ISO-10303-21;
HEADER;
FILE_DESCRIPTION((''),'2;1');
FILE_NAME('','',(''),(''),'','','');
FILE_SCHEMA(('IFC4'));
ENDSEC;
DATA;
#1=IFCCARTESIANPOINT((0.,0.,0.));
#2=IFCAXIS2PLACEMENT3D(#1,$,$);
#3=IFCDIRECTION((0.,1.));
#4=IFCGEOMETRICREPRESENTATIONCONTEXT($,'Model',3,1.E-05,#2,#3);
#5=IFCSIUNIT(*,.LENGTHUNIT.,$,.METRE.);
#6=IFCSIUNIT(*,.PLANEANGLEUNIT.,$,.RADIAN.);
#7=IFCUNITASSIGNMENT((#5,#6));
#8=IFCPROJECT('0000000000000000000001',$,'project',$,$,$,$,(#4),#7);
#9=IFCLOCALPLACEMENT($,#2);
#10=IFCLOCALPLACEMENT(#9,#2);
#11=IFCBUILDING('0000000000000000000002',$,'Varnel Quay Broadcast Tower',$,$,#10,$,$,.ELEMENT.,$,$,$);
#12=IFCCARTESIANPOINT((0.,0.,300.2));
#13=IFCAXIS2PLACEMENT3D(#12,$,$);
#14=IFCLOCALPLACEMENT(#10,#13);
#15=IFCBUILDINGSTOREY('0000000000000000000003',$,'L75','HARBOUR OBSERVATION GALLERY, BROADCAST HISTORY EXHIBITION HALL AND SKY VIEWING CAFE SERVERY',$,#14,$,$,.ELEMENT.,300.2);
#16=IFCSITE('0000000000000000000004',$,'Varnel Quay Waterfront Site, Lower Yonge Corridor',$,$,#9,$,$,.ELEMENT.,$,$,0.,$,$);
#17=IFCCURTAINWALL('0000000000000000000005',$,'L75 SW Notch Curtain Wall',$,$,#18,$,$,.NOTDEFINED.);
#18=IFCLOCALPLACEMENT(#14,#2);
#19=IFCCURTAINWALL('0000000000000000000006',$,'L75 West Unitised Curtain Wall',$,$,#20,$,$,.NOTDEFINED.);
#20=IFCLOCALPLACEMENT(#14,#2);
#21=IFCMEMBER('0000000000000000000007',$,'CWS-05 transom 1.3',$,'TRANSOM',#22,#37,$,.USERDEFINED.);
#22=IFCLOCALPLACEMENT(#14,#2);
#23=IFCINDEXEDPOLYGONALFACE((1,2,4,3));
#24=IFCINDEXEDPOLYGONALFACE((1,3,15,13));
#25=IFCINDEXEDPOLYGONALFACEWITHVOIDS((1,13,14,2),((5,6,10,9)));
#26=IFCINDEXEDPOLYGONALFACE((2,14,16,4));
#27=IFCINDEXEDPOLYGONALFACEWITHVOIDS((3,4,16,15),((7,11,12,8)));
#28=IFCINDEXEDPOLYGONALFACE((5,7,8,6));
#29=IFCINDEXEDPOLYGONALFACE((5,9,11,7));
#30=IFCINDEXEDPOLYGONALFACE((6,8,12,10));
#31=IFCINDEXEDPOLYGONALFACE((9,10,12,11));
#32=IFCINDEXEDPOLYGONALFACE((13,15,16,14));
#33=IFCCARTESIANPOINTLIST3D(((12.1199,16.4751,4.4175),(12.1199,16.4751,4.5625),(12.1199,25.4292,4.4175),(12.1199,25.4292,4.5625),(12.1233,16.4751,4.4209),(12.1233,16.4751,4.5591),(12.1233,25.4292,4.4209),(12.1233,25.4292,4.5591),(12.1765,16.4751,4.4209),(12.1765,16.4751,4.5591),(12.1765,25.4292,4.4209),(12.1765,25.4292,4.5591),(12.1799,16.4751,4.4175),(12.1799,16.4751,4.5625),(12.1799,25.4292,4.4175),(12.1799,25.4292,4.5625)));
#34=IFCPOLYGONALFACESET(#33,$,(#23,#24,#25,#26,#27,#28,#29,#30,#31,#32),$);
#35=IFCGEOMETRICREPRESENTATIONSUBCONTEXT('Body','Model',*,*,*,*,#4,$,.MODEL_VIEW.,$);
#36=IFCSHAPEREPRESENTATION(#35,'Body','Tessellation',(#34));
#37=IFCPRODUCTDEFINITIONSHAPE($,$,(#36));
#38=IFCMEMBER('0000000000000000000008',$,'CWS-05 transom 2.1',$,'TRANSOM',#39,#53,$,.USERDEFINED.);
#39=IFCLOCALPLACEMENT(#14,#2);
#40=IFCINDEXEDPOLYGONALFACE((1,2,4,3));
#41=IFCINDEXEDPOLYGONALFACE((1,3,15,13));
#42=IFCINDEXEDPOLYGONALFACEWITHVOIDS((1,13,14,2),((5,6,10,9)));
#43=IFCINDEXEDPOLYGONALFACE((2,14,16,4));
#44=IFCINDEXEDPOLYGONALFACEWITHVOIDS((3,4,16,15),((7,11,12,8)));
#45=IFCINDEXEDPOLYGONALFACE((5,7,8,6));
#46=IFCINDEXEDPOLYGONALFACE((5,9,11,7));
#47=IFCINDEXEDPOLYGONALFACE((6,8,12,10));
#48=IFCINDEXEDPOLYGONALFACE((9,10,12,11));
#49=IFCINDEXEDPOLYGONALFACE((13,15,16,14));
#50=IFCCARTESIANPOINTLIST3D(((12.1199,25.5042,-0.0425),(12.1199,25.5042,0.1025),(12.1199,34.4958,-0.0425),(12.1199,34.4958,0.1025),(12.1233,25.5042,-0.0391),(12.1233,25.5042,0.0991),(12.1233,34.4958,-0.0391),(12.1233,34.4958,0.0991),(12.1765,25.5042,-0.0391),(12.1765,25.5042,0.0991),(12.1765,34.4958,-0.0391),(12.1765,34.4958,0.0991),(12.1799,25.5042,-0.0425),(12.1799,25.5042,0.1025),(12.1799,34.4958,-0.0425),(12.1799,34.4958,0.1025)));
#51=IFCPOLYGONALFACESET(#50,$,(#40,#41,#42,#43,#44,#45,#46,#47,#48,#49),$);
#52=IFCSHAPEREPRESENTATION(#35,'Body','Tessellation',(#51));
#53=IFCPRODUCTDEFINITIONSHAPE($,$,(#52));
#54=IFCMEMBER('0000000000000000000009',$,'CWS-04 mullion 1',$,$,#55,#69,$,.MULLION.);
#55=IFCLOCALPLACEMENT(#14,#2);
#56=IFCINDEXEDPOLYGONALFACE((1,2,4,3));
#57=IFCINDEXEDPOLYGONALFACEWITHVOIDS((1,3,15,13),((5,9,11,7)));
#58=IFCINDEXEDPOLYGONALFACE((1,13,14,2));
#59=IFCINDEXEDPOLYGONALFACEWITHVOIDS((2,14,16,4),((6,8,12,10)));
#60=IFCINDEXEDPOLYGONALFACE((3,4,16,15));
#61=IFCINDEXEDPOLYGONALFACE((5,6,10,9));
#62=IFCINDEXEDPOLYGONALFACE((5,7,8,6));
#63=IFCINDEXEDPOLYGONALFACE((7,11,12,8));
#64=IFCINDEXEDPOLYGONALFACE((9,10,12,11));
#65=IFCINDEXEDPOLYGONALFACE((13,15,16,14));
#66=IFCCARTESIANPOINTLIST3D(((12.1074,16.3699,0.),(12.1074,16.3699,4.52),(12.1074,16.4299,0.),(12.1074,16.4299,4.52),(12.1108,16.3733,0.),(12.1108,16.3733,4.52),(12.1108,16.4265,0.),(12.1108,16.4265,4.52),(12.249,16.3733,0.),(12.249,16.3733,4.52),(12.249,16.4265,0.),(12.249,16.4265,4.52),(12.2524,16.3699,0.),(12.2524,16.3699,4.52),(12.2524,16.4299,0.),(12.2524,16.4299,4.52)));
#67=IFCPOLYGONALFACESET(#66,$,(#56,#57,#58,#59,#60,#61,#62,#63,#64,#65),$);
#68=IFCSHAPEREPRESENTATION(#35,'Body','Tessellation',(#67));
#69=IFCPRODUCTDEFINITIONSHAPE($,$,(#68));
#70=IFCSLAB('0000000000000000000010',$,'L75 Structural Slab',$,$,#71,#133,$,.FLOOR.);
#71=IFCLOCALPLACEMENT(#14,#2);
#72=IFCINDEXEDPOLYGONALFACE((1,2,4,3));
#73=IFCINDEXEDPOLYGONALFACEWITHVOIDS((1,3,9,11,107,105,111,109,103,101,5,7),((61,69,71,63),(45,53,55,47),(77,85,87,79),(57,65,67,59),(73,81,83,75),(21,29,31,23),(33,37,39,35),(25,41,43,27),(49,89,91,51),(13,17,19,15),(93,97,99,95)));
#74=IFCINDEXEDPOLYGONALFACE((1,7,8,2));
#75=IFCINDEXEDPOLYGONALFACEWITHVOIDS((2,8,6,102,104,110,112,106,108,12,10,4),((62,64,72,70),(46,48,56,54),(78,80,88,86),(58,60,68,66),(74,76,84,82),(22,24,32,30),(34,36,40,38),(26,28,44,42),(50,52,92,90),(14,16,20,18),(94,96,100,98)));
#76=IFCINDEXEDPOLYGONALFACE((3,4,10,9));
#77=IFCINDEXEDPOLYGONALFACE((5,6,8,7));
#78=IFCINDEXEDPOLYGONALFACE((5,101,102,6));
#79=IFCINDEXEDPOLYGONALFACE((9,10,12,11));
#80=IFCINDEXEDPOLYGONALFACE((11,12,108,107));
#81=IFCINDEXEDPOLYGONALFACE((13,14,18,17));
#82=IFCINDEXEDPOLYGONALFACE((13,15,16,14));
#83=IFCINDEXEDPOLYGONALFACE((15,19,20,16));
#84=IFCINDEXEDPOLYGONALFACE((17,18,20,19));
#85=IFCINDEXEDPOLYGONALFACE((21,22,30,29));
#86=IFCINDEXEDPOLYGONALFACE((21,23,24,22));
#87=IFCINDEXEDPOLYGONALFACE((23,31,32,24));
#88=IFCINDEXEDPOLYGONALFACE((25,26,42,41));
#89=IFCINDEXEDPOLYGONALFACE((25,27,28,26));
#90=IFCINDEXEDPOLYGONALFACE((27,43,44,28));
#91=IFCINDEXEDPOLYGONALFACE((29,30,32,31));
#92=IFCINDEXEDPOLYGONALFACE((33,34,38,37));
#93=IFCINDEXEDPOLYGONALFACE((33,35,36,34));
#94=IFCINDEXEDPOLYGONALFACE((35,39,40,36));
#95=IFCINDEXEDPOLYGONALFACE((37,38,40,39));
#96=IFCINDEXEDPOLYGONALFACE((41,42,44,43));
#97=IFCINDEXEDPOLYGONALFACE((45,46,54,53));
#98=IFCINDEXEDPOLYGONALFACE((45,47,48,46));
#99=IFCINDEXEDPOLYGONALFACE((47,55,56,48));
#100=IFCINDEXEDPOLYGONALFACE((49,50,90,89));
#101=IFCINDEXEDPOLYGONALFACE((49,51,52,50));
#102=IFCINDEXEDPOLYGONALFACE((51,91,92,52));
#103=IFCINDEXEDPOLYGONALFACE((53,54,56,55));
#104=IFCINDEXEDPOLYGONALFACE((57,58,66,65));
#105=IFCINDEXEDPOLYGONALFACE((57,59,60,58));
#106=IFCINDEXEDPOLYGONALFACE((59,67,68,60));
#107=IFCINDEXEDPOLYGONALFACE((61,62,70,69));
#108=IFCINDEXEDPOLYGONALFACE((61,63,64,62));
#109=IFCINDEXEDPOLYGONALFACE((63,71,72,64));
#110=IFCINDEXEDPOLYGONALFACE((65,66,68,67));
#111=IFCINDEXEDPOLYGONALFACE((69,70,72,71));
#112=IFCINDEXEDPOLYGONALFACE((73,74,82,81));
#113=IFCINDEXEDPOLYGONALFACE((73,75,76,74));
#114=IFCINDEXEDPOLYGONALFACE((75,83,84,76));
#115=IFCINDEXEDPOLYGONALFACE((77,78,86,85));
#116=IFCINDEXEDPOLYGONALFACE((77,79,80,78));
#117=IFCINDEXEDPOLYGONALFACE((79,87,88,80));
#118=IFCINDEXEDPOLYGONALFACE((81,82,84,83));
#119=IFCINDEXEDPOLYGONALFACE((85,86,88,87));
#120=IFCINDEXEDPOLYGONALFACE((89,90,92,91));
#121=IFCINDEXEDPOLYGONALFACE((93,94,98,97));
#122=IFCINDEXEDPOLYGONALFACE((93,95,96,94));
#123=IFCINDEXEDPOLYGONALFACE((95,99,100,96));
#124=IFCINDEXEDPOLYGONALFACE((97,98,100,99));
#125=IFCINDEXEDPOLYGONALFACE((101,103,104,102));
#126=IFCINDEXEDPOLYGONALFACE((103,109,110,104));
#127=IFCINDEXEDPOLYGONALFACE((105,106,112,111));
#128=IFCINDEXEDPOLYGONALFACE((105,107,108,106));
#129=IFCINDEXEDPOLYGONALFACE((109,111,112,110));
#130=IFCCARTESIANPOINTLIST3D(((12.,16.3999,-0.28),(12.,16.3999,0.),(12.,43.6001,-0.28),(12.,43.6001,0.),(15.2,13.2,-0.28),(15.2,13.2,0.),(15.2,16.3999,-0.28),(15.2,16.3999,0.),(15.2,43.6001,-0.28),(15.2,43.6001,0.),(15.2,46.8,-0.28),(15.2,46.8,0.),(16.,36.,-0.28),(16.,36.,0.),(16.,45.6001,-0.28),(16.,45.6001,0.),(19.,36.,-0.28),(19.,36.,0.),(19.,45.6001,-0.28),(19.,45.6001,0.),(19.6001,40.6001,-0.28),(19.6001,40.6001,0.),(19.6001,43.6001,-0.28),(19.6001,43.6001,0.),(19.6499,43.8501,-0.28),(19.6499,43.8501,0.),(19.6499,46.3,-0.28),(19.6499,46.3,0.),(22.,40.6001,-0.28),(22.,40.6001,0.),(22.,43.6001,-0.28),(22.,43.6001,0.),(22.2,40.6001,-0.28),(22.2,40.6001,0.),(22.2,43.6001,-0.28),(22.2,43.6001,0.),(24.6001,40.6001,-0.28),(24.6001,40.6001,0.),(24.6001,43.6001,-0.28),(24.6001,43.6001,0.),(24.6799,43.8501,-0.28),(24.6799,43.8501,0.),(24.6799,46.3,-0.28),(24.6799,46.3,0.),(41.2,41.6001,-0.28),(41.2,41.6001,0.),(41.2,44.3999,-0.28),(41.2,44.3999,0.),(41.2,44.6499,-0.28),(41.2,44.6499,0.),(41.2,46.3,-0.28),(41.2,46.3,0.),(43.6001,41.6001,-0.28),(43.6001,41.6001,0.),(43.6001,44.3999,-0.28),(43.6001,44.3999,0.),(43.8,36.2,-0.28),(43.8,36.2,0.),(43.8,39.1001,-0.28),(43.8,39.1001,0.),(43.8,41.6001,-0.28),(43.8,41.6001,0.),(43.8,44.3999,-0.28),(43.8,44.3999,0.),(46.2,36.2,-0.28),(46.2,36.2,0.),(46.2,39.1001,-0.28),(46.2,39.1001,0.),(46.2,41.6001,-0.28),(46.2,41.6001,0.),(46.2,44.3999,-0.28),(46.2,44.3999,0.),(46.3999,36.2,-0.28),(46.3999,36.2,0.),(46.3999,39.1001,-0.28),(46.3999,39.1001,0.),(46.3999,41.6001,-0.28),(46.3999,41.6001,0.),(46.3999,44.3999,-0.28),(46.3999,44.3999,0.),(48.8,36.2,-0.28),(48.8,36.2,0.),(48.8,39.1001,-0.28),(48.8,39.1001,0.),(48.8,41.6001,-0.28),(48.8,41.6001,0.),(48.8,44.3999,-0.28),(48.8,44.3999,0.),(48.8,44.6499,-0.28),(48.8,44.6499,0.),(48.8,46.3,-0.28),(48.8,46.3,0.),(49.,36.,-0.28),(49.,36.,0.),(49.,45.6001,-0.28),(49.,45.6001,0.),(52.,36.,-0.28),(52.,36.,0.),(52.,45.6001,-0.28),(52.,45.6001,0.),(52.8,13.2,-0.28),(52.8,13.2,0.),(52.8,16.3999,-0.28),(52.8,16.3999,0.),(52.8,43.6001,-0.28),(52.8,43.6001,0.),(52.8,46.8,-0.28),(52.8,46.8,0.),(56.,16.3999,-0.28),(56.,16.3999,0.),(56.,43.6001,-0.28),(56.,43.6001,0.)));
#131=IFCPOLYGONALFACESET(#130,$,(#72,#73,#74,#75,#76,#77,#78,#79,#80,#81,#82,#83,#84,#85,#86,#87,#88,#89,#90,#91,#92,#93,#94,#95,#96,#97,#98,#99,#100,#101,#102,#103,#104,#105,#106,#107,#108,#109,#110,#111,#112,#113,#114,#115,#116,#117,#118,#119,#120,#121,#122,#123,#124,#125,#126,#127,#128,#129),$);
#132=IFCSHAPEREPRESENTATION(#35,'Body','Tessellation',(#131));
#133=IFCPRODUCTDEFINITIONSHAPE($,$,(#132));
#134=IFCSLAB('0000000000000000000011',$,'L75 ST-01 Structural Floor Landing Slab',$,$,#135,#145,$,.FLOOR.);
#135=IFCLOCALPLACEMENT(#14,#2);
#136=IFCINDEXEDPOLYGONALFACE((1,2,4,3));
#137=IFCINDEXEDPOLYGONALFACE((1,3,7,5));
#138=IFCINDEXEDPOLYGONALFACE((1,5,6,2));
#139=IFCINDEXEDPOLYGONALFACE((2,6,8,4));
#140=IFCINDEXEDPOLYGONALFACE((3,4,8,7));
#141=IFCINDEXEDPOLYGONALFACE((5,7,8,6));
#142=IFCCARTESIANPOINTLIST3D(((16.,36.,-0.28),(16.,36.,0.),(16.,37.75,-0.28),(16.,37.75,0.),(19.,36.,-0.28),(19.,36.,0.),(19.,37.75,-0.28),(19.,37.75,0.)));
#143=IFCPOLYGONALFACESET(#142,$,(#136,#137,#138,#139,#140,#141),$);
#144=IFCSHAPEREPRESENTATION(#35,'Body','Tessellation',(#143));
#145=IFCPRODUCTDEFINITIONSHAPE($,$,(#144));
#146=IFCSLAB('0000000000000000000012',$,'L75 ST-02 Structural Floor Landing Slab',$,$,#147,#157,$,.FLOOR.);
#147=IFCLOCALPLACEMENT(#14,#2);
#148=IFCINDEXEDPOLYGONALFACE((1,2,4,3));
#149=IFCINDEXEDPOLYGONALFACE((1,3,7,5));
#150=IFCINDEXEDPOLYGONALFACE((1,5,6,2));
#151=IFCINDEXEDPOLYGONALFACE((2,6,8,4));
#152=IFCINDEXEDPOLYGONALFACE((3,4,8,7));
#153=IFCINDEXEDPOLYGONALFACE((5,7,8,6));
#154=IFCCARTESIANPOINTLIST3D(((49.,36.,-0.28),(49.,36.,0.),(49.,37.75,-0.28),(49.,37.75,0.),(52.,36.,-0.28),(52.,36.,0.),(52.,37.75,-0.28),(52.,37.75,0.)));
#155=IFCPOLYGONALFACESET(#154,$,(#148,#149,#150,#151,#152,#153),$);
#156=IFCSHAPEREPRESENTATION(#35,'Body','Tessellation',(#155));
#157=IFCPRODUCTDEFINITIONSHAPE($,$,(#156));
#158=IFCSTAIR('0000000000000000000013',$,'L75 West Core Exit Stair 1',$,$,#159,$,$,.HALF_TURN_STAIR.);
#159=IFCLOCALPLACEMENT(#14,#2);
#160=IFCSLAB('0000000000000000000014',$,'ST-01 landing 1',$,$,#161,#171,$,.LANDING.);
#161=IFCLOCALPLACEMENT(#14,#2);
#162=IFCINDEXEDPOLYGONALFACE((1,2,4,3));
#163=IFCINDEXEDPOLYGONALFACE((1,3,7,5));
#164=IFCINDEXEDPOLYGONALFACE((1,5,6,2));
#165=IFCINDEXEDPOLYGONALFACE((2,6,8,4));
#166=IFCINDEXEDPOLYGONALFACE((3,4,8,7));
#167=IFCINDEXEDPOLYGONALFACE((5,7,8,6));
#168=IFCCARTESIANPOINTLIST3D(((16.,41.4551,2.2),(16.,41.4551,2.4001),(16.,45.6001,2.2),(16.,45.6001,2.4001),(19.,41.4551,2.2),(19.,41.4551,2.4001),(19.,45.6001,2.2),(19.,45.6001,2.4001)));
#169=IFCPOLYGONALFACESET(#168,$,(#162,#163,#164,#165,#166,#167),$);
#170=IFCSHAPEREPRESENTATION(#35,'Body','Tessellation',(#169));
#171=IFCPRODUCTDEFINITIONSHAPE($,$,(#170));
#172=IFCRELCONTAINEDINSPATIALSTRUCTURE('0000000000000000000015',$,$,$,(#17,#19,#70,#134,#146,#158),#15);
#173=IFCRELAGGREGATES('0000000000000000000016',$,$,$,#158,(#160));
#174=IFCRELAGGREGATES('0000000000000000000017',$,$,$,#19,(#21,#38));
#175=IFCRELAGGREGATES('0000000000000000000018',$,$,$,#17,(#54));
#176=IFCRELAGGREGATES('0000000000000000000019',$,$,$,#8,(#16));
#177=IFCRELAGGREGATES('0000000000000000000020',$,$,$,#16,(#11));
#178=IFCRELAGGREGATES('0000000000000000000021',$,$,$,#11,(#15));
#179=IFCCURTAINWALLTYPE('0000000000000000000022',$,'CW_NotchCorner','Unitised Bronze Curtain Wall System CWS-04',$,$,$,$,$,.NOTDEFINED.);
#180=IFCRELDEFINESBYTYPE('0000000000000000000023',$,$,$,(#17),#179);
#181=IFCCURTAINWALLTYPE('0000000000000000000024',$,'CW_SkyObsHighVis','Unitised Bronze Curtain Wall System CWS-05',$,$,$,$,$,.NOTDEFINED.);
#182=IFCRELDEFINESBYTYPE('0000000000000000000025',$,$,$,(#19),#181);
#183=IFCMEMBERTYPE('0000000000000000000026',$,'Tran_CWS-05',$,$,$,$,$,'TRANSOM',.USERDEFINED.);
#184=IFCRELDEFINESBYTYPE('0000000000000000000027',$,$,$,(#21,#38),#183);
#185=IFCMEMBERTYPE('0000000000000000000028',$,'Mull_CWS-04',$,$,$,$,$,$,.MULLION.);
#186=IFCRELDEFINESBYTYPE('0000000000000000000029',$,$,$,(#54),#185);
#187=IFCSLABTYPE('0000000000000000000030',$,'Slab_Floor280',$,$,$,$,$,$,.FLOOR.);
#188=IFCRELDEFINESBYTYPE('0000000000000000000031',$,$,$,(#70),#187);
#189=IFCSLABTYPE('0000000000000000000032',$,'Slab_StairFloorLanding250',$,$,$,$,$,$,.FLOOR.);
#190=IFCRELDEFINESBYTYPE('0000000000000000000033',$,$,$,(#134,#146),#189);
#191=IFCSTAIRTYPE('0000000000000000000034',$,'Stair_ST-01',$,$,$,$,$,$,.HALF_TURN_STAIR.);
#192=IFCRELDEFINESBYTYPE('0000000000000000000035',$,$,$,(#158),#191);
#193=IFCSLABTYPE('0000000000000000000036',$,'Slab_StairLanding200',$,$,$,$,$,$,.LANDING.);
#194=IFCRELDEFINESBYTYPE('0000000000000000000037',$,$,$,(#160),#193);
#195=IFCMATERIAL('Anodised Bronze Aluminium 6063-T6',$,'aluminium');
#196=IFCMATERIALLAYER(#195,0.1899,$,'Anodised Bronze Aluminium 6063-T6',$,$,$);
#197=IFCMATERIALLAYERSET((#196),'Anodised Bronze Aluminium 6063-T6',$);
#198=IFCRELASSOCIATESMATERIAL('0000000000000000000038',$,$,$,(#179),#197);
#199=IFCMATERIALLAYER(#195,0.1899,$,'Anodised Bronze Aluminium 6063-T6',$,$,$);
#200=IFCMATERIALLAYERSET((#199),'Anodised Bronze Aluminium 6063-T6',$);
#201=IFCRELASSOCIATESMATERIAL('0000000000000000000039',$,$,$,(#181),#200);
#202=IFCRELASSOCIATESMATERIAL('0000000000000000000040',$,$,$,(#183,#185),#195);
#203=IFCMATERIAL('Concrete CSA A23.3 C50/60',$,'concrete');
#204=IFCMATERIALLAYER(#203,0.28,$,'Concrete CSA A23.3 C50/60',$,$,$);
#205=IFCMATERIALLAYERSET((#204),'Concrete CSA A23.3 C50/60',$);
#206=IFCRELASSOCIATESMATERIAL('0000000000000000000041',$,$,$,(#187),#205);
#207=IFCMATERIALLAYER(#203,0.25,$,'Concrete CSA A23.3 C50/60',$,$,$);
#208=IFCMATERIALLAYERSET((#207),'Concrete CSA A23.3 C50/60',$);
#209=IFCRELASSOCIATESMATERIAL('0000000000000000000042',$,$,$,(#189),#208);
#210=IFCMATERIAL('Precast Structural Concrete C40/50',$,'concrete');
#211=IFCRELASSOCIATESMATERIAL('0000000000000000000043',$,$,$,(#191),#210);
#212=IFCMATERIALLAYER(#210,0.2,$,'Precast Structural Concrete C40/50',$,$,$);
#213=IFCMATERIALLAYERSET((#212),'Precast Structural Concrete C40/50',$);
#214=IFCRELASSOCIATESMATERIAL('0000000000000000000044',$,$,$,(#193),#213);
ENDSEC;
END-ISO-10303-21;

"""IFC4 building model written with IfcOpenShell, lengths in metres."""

from ifc_helpers import new_model, si_unit, direction, frame, origin, origin_2d, place, context, subcontext, project, spatial, polyline, hollow_rectangle, outline, extrude, source, transform, mapped, material, layer, layer_set, material_profile, profile_set, type_object, type_shapes, element, aggregate, save


model = new_model("IFC4")

# Units and contexts
model_context = context("Model", 3, precision=1e-05, world=origin(), true_north=direction((0.0, 1.0)))
body_context = subcontext(model_context, "Body", "Model", "MODEL_VIEW")
ifc_project = project(units=[si_unit("LENGTHUNIT", "METRE"), si_unit("PLANEANGLEUNIT", "RADIAN")], contexts=[model_context])

# Site, building, storey
site_placement = place(None, origin())
site = spatial("IfcSite", under=ifc_project, at=site_placement, Name="Varnel Quay Waterfront Site, Lower Yonge Corridor", CompositionType="ELEMENT", RefElevation=0.0)
building_placement = place(site_placement, origin())
building = spatial("IfcBuilding", under=site, at=building_placement, Name="Varnel Quay Broadcast Tower", CompositionType="ELEMENT")
storey_placement = place(building_placement, frame((0.0, 0.0, 300.2)))
storey = spatial("IfcBuildingStorey", under=building, at=storey_placement, Name="L75", Description="HARBOUR OBSERVATION GALLERY, BROADCAST HISTORY EXHIBITION HALL AND SKY VIEWING CAFE SERVERY", CompositionType="ELEMENT", Elevation=300.2)

# Curtain walls, members
ifc_material_1 = material(Name="Anodised Bronze Aluminium 6063-T6", Category="aluminium")
ifc_layer_1 = layer(ifc_material_1, 0.1899, Name="Anodised Bronze Aluminium 6063-T6")
ifc_layer_set_1 = layer_set([ifc_layer_1], Name="Anodised Bronze Aluminium 6063-T6")
curtain_wall_type_1 = type_object("IfcCurtainWallType", Name="CW_NotchCorner", Description="Unitised Bronze Curtain Wall System CWS-04", PredefinedType="NOTDEFINED", material=ifc_layer_set_1)
curtain_wall_1_placement = place(storey_placement, origin())
curtain_wall_1 = element("IfcCurtainWall", 1, at=curtain_wall_1_placement, inside=storey, type_object=curtain_wall_type_1, Name="L75 SW Notch Curtain Wall", PredefinedType="NOTDEFINED")
ifc_layer_2 = layer(ifc_material_1, 0.1899, Name="Anodised Bronze Aluminium 6063-T6")
ifc_layer_set_2 = layer_set([ifc_layer_2], Name="Anodised Bronze Aluminium 6063-T6")
curtain_wall_type_2 = type_object("IfcCurtainWallType", Name="CW_SkyObsHighVis", Description="Unitised Bronze Curtain Wall System CWS-05", PredefinedType="NOTDEFINED", material=ifc_layer_set_2)
curtain_wall_2_placement = place(storey_placement, origin())
curtain_wall_2 = element("IfcCurtainWall", 2, at=curtain_wall_2_placement, inside=storey, type_object=curtain_wall_type_2, Name="L75 West Unitised Curtain Wall", PredefinedType="NOTDEFINED")
ifc_material_profile_1 = material_profile(ifc_material_1, hollow_rectangle(XDim=0.0601, YDim=0.145, WallThickness=0.0034, at=origin_2d()), Name="ALU60X145X3.5")
ifc_profile_set_1 = profile_set([ifc_material_profile_1], Name="Anodised Bronze Aluminium 6063-T6")
member_type_1 = type_object("IfcMemberType", Name="Tran_CWS-05", ElementType="TRANSOM", PredefinedType="USERDEFINED", material=ifc_profile_set_1)
shared_shape_1 = source(origin(), body_context, "Body", "SweptSolid", [
    extrude(hollow_rectangle(XDim=0.0601, YDim=0.145, WallThickness=0.0034, at=origin_2d()), origin(), (0.0, 0.0, 1.0), 8.9541),
])
member_1_placement = place(storey_placement, frame((12.1499, 16.4751, 4.49), z_axis=(0.0, 1.0, 0.0), x_axis=(-1.0, 0.0, 0.0)))
member_1 = element("IfcMember", 3, at=member_1_placement, type_object=member_type_1, Name="CWS-05 transom 1.3", ObjectType="TRANSOM", PredefinedType="USERDEFINED", context=body_context, shape_type="MappedRepresentation", body=[
    mapped(shared_shape_1, transform((0.0, 0.0, 0.0), x_axis=(1.0, 0.0, 0.0), y_axis=(0.0, 1.0, 0.0), z_axis=(0.0, 0.0, 1.0), scale=1.0)),
])
shared_shape_2 = source(origin(), body_context, "Body", "SweptSolid", [
    extrude(hollow_rectangle(XDim=0.0601, YDim=0.145, WallThickness=0.0034, at=origin_2d()), origin(), (0.0, 0.0, 1.0), 8.9917),
])
type_shapes(member_type_1, [shared_shape_1, shared_shape_2])
member_2_placement = place(storey_placement, frame((12.1499, 25.5042, 0.03), z_axis=(0.0, 1.0, 0.0), x_axis=(-1.0, 0.0, 0.0)))
member_2 = element("IfcMember", 4, at=member_2_placement, type_object=member_type_1, Name="CWS-05 transom 2.1", ObjectType="TRANSOM", PredefinedType="USERDEFINED", context=body_context, shape_type="MappedRepresentation", body=[
    mapped(shared_shape_2, transform((0.0, 0.0, 0.0), x_axis=(1.0, 0.0, 0.0), y_axis=(0.0, 1.0, 0.0), z_axis=(0.0, 0.0, 1.0), scale=1.0)),
])

# Member
ifc_material_profile_2 = material_profile(ifc_material_1, hollow_rectangle(XDim=0.0601, YDim=0.145, WallThickness=0.0034, at=origin_2d()), Name="ALU60X145X3.5")
ifc_profile_set_2 = profile_set([ifc_material_profile_2], Name="Anodised Bronze Aluminium 6063-T6")
member_type_2 = type_object("IfcMemberType", Name="Mull_CWS-04", PredefinedType="MULLION", material=ifc_profile_set_2)
shared_shape_3 = source(origin(), body_context, "Body", "SweptSolid", [
    extrude(hollow_rectangle(XDim=0.0601, YDim=0.145, WallThickness=0.0034, at=origin_2d()), origin(), (0.0, 0.0, 1.0), 4.52),
])
type_shapes(member_type_2, [shared_shape_3])
member_3_placement = place(storey_placement, frame((12.1799, 16.3999, 0.0), z_axis=(0.0, 0.0, 1.0), x_axis=(0.0, 1.0, 0.0)))
member_3 = element("IfcMember", 5, at=member_3_placement, type_object=member_type_2, Name="CWS-04 mullion 1", PredefinedType="MULLION", context=body_context, shape_type="MappedRepresentation", body=[
    mapped(shared_shape_3, transform((0.0, 0.0, 0.0), x_axis=(1.0, 0.0, 0.0), y_axis=(0.0, 1.0, 0.0), z_axis=(0.0, 0.0, 1.0), scale=1.0)),
])

# Slabs
ifc_material_2 = material(Name="Concrete CSA A23.3 C50/60", Category="concrete")
ifc_layer_3 = layer(ifc_material_2, 0.28, Name="Concrete CSA A23.3 C50/60")
ifc_layer_set_3 = layer_set([ifc_layer_3], Name="Concrete CSA A23.3 C50/60")
slab_type_1 = type_object("IfcSlabType", Name="Slab_Floor280", PredefinedType="FLOOR", material=ifc_layer_set_3)
slab_1_placement = place(storey_placement, frame((0.0, 0.0, -0.28)))
element("IfcSlab", 6, at=slab_1_placement, inside=storey, type_object=slab_type_1, Name="L75 Structural Slab", PredefinedType="FLOOR", context=body_context, shape_type="SweptSolid", body=[
    extrude(outline(polyline([(15.2, 13.2), (52.8, 13.2), (52.8, 16.3999), (56.0, 16.3999), (56.0, 43.6001), (52.8, 43.6001), (52.8, 46.8), (15.2, 46.8), (15.2, 43.6001), (12.0, 43.6001), (12.0, 16.3999), (15.2, 16.3999), (15.2, 13.2)]), holes=[polyline([(19.0, 36.0), (16.0, 36.0), (16.0, 45.6001), (19.0, 45.6001), (19.0, 36.0)]), polyline([(19.6001, 40.6001), (19.6001, 43.6001), (22.0, 43.6001), (22.0, 40.6001), (19.6001, 40.6001)]), polyline([(22.2, 40.6001), (22.2, 43.6001), (24.6001, 43.6001), (24.6001, 40.6001), (22.2, 40.6001)]), polyline([(41.2, 44.3999), (43.6001, 44.3999), (43.6001, 41.6001), (41.2, 41.6001), (41.2, 44.3999)]), polyline([(43.8, 44.3999), (46.2, 44.3999), (46.2, 41.6001), (43.8, 41.6001), (43.8, 44.3999)]), polyline([(19.6499, 43.8501), (19.6499, 46.3), (24.6799, 46.3), (24.6799, 43.8501), (19.6499, 43.8501)]), polyline([(43.8, 39.1001), (46.2, 39.1001), (46.2, 36.2), (43.8, 36.2), (43.8, 39.1001)]), polyline([(46.3999, 39.1001), (48.8, 39.1001), (48.8, 36.2), (46.3999, 36.2), (46.3999, 39.1001)]), polyline([(52.0, 36.0), (49.0, 36.0), (49.0, 45.6001), (52.0, 45.6001), (52.0, 36.0)]), polyline([(46.3999, 44.3999), (48.8, 44.3999), (48.8, 41.6001), (46.3999, 41.6001), (46.3999, 44.3999)]), polyline([(41.2, 46.3), (48.8, 46.3), (48.8, 44.6499), (41.2, 44.6499), (41.2, 46.3)])]), origin(), (0.0, 0.0, 1.0), 0.28),
])
ifc_layer_4 = layer(ifc_material_2, 0.25, Name="Concrete CSA A23.3 C50/60")
ifc_layer_set_4 = layer_set([ifc_layer_4], Name="Concrete CSA A23.3 C50/60")
slab_type_2 = type_object("IfcSlabType", Name="Slab_StairFloorLanding250", PredefinedType="FLOOR", material=ifc_layer_set_4)
slab_2_placement = place(storey_placement, frame((0.0, 0.0, -0.28)))
element("IfcSlab", 7, at=slab_2_placement, inside=storey, type_object=slab_type_2, Name="L75 ST-01 Structural Floor Landing Slab", PredefinedType="FLOOR", context=body_context, shape_type="SweptSolid", body=[
    extrude(outline(polyline([(19.0, 36.0), (19.0, 37.75), (16.0, 37.75), (16.0, 36.0), (19.0, 36.0)])), origin(), (0.0, 0.0, 1.0), 0.28),
])
slab_3_placement = place(storey_placement, frame((0.0, 0.0, -0.28)))
element("IfcSlab", 8, at=slab_3_placement, inside=storey, type_object=slab_type_2, Name="L75 ST-02 Structural Floor Landing Slab", PredefinedType="FLOOR", context=body_context, shape_type="SweptSolid", body=[
    extrude(outline(polyline([(52.0, 36.0), (52.0, 37.75), (49.0, 37.75), (49.0, 36.0), (52.0, 36.0)])), origin(), (0.0, 0.0, 1.0), 0.28),
])

# Stair, slab
ifc_material_3 = material(Name="Precast Structural Concrete C40/50", Category="concrete")
stair_type_1 = type_object("IfcStairType", Name="Stair_ST-01", PredefinedType="HALF_TURN_STAIR", material=ifc_material_3)
stair_1_placement = place(storey_placement, origin())
stair_1 = element("IfcStair", 9, at=stair_1_placement, inside=storey, type_object=stair_type_1, Name="L75 West Core Exit Stair 1", PredefinedType="HALF_TURN_STAIR")
ifc_layer_5 = layer(ifc_material_3, 0.2, Name="Precast Structural Concrete C40/50")
ifc_layer_set_5 = layer_set([ifc_layer_5], Name="Precast Structural Concrete C40/50")
slab_type_3 = type_object("IfcSlabType", Name="Slab_StairLanding200", PredefinedType="LANDING", material=ifc_layer_set_5)
slab_4_placement = place(storey_placement, frame((0.0, 0.0, 2.2)))
slab_4 = element("IfcSlab", 10, at=slab_4_placement, type_object=slab_type_3, Name="ST-01 landing 1", PredefinedType="LANDING", context=body_context, shape_type="SweptSolid", body=[
    extrude(outline(polyline([(19.0, 41.4551), (19.0, 45.6001), (16.0, 45.6001), (16.0, 41.4551), (19.0, 41.4551)])), origin(), (0.0, 0.0, 1.0), 0.2002),
])
aggregate(stair_1, [slab_4])

aggregate(curtain_wall_2, [member_1, member_2])
aggregate(curtain_wall_1, [member_3])

save(model, "model.ifc")
